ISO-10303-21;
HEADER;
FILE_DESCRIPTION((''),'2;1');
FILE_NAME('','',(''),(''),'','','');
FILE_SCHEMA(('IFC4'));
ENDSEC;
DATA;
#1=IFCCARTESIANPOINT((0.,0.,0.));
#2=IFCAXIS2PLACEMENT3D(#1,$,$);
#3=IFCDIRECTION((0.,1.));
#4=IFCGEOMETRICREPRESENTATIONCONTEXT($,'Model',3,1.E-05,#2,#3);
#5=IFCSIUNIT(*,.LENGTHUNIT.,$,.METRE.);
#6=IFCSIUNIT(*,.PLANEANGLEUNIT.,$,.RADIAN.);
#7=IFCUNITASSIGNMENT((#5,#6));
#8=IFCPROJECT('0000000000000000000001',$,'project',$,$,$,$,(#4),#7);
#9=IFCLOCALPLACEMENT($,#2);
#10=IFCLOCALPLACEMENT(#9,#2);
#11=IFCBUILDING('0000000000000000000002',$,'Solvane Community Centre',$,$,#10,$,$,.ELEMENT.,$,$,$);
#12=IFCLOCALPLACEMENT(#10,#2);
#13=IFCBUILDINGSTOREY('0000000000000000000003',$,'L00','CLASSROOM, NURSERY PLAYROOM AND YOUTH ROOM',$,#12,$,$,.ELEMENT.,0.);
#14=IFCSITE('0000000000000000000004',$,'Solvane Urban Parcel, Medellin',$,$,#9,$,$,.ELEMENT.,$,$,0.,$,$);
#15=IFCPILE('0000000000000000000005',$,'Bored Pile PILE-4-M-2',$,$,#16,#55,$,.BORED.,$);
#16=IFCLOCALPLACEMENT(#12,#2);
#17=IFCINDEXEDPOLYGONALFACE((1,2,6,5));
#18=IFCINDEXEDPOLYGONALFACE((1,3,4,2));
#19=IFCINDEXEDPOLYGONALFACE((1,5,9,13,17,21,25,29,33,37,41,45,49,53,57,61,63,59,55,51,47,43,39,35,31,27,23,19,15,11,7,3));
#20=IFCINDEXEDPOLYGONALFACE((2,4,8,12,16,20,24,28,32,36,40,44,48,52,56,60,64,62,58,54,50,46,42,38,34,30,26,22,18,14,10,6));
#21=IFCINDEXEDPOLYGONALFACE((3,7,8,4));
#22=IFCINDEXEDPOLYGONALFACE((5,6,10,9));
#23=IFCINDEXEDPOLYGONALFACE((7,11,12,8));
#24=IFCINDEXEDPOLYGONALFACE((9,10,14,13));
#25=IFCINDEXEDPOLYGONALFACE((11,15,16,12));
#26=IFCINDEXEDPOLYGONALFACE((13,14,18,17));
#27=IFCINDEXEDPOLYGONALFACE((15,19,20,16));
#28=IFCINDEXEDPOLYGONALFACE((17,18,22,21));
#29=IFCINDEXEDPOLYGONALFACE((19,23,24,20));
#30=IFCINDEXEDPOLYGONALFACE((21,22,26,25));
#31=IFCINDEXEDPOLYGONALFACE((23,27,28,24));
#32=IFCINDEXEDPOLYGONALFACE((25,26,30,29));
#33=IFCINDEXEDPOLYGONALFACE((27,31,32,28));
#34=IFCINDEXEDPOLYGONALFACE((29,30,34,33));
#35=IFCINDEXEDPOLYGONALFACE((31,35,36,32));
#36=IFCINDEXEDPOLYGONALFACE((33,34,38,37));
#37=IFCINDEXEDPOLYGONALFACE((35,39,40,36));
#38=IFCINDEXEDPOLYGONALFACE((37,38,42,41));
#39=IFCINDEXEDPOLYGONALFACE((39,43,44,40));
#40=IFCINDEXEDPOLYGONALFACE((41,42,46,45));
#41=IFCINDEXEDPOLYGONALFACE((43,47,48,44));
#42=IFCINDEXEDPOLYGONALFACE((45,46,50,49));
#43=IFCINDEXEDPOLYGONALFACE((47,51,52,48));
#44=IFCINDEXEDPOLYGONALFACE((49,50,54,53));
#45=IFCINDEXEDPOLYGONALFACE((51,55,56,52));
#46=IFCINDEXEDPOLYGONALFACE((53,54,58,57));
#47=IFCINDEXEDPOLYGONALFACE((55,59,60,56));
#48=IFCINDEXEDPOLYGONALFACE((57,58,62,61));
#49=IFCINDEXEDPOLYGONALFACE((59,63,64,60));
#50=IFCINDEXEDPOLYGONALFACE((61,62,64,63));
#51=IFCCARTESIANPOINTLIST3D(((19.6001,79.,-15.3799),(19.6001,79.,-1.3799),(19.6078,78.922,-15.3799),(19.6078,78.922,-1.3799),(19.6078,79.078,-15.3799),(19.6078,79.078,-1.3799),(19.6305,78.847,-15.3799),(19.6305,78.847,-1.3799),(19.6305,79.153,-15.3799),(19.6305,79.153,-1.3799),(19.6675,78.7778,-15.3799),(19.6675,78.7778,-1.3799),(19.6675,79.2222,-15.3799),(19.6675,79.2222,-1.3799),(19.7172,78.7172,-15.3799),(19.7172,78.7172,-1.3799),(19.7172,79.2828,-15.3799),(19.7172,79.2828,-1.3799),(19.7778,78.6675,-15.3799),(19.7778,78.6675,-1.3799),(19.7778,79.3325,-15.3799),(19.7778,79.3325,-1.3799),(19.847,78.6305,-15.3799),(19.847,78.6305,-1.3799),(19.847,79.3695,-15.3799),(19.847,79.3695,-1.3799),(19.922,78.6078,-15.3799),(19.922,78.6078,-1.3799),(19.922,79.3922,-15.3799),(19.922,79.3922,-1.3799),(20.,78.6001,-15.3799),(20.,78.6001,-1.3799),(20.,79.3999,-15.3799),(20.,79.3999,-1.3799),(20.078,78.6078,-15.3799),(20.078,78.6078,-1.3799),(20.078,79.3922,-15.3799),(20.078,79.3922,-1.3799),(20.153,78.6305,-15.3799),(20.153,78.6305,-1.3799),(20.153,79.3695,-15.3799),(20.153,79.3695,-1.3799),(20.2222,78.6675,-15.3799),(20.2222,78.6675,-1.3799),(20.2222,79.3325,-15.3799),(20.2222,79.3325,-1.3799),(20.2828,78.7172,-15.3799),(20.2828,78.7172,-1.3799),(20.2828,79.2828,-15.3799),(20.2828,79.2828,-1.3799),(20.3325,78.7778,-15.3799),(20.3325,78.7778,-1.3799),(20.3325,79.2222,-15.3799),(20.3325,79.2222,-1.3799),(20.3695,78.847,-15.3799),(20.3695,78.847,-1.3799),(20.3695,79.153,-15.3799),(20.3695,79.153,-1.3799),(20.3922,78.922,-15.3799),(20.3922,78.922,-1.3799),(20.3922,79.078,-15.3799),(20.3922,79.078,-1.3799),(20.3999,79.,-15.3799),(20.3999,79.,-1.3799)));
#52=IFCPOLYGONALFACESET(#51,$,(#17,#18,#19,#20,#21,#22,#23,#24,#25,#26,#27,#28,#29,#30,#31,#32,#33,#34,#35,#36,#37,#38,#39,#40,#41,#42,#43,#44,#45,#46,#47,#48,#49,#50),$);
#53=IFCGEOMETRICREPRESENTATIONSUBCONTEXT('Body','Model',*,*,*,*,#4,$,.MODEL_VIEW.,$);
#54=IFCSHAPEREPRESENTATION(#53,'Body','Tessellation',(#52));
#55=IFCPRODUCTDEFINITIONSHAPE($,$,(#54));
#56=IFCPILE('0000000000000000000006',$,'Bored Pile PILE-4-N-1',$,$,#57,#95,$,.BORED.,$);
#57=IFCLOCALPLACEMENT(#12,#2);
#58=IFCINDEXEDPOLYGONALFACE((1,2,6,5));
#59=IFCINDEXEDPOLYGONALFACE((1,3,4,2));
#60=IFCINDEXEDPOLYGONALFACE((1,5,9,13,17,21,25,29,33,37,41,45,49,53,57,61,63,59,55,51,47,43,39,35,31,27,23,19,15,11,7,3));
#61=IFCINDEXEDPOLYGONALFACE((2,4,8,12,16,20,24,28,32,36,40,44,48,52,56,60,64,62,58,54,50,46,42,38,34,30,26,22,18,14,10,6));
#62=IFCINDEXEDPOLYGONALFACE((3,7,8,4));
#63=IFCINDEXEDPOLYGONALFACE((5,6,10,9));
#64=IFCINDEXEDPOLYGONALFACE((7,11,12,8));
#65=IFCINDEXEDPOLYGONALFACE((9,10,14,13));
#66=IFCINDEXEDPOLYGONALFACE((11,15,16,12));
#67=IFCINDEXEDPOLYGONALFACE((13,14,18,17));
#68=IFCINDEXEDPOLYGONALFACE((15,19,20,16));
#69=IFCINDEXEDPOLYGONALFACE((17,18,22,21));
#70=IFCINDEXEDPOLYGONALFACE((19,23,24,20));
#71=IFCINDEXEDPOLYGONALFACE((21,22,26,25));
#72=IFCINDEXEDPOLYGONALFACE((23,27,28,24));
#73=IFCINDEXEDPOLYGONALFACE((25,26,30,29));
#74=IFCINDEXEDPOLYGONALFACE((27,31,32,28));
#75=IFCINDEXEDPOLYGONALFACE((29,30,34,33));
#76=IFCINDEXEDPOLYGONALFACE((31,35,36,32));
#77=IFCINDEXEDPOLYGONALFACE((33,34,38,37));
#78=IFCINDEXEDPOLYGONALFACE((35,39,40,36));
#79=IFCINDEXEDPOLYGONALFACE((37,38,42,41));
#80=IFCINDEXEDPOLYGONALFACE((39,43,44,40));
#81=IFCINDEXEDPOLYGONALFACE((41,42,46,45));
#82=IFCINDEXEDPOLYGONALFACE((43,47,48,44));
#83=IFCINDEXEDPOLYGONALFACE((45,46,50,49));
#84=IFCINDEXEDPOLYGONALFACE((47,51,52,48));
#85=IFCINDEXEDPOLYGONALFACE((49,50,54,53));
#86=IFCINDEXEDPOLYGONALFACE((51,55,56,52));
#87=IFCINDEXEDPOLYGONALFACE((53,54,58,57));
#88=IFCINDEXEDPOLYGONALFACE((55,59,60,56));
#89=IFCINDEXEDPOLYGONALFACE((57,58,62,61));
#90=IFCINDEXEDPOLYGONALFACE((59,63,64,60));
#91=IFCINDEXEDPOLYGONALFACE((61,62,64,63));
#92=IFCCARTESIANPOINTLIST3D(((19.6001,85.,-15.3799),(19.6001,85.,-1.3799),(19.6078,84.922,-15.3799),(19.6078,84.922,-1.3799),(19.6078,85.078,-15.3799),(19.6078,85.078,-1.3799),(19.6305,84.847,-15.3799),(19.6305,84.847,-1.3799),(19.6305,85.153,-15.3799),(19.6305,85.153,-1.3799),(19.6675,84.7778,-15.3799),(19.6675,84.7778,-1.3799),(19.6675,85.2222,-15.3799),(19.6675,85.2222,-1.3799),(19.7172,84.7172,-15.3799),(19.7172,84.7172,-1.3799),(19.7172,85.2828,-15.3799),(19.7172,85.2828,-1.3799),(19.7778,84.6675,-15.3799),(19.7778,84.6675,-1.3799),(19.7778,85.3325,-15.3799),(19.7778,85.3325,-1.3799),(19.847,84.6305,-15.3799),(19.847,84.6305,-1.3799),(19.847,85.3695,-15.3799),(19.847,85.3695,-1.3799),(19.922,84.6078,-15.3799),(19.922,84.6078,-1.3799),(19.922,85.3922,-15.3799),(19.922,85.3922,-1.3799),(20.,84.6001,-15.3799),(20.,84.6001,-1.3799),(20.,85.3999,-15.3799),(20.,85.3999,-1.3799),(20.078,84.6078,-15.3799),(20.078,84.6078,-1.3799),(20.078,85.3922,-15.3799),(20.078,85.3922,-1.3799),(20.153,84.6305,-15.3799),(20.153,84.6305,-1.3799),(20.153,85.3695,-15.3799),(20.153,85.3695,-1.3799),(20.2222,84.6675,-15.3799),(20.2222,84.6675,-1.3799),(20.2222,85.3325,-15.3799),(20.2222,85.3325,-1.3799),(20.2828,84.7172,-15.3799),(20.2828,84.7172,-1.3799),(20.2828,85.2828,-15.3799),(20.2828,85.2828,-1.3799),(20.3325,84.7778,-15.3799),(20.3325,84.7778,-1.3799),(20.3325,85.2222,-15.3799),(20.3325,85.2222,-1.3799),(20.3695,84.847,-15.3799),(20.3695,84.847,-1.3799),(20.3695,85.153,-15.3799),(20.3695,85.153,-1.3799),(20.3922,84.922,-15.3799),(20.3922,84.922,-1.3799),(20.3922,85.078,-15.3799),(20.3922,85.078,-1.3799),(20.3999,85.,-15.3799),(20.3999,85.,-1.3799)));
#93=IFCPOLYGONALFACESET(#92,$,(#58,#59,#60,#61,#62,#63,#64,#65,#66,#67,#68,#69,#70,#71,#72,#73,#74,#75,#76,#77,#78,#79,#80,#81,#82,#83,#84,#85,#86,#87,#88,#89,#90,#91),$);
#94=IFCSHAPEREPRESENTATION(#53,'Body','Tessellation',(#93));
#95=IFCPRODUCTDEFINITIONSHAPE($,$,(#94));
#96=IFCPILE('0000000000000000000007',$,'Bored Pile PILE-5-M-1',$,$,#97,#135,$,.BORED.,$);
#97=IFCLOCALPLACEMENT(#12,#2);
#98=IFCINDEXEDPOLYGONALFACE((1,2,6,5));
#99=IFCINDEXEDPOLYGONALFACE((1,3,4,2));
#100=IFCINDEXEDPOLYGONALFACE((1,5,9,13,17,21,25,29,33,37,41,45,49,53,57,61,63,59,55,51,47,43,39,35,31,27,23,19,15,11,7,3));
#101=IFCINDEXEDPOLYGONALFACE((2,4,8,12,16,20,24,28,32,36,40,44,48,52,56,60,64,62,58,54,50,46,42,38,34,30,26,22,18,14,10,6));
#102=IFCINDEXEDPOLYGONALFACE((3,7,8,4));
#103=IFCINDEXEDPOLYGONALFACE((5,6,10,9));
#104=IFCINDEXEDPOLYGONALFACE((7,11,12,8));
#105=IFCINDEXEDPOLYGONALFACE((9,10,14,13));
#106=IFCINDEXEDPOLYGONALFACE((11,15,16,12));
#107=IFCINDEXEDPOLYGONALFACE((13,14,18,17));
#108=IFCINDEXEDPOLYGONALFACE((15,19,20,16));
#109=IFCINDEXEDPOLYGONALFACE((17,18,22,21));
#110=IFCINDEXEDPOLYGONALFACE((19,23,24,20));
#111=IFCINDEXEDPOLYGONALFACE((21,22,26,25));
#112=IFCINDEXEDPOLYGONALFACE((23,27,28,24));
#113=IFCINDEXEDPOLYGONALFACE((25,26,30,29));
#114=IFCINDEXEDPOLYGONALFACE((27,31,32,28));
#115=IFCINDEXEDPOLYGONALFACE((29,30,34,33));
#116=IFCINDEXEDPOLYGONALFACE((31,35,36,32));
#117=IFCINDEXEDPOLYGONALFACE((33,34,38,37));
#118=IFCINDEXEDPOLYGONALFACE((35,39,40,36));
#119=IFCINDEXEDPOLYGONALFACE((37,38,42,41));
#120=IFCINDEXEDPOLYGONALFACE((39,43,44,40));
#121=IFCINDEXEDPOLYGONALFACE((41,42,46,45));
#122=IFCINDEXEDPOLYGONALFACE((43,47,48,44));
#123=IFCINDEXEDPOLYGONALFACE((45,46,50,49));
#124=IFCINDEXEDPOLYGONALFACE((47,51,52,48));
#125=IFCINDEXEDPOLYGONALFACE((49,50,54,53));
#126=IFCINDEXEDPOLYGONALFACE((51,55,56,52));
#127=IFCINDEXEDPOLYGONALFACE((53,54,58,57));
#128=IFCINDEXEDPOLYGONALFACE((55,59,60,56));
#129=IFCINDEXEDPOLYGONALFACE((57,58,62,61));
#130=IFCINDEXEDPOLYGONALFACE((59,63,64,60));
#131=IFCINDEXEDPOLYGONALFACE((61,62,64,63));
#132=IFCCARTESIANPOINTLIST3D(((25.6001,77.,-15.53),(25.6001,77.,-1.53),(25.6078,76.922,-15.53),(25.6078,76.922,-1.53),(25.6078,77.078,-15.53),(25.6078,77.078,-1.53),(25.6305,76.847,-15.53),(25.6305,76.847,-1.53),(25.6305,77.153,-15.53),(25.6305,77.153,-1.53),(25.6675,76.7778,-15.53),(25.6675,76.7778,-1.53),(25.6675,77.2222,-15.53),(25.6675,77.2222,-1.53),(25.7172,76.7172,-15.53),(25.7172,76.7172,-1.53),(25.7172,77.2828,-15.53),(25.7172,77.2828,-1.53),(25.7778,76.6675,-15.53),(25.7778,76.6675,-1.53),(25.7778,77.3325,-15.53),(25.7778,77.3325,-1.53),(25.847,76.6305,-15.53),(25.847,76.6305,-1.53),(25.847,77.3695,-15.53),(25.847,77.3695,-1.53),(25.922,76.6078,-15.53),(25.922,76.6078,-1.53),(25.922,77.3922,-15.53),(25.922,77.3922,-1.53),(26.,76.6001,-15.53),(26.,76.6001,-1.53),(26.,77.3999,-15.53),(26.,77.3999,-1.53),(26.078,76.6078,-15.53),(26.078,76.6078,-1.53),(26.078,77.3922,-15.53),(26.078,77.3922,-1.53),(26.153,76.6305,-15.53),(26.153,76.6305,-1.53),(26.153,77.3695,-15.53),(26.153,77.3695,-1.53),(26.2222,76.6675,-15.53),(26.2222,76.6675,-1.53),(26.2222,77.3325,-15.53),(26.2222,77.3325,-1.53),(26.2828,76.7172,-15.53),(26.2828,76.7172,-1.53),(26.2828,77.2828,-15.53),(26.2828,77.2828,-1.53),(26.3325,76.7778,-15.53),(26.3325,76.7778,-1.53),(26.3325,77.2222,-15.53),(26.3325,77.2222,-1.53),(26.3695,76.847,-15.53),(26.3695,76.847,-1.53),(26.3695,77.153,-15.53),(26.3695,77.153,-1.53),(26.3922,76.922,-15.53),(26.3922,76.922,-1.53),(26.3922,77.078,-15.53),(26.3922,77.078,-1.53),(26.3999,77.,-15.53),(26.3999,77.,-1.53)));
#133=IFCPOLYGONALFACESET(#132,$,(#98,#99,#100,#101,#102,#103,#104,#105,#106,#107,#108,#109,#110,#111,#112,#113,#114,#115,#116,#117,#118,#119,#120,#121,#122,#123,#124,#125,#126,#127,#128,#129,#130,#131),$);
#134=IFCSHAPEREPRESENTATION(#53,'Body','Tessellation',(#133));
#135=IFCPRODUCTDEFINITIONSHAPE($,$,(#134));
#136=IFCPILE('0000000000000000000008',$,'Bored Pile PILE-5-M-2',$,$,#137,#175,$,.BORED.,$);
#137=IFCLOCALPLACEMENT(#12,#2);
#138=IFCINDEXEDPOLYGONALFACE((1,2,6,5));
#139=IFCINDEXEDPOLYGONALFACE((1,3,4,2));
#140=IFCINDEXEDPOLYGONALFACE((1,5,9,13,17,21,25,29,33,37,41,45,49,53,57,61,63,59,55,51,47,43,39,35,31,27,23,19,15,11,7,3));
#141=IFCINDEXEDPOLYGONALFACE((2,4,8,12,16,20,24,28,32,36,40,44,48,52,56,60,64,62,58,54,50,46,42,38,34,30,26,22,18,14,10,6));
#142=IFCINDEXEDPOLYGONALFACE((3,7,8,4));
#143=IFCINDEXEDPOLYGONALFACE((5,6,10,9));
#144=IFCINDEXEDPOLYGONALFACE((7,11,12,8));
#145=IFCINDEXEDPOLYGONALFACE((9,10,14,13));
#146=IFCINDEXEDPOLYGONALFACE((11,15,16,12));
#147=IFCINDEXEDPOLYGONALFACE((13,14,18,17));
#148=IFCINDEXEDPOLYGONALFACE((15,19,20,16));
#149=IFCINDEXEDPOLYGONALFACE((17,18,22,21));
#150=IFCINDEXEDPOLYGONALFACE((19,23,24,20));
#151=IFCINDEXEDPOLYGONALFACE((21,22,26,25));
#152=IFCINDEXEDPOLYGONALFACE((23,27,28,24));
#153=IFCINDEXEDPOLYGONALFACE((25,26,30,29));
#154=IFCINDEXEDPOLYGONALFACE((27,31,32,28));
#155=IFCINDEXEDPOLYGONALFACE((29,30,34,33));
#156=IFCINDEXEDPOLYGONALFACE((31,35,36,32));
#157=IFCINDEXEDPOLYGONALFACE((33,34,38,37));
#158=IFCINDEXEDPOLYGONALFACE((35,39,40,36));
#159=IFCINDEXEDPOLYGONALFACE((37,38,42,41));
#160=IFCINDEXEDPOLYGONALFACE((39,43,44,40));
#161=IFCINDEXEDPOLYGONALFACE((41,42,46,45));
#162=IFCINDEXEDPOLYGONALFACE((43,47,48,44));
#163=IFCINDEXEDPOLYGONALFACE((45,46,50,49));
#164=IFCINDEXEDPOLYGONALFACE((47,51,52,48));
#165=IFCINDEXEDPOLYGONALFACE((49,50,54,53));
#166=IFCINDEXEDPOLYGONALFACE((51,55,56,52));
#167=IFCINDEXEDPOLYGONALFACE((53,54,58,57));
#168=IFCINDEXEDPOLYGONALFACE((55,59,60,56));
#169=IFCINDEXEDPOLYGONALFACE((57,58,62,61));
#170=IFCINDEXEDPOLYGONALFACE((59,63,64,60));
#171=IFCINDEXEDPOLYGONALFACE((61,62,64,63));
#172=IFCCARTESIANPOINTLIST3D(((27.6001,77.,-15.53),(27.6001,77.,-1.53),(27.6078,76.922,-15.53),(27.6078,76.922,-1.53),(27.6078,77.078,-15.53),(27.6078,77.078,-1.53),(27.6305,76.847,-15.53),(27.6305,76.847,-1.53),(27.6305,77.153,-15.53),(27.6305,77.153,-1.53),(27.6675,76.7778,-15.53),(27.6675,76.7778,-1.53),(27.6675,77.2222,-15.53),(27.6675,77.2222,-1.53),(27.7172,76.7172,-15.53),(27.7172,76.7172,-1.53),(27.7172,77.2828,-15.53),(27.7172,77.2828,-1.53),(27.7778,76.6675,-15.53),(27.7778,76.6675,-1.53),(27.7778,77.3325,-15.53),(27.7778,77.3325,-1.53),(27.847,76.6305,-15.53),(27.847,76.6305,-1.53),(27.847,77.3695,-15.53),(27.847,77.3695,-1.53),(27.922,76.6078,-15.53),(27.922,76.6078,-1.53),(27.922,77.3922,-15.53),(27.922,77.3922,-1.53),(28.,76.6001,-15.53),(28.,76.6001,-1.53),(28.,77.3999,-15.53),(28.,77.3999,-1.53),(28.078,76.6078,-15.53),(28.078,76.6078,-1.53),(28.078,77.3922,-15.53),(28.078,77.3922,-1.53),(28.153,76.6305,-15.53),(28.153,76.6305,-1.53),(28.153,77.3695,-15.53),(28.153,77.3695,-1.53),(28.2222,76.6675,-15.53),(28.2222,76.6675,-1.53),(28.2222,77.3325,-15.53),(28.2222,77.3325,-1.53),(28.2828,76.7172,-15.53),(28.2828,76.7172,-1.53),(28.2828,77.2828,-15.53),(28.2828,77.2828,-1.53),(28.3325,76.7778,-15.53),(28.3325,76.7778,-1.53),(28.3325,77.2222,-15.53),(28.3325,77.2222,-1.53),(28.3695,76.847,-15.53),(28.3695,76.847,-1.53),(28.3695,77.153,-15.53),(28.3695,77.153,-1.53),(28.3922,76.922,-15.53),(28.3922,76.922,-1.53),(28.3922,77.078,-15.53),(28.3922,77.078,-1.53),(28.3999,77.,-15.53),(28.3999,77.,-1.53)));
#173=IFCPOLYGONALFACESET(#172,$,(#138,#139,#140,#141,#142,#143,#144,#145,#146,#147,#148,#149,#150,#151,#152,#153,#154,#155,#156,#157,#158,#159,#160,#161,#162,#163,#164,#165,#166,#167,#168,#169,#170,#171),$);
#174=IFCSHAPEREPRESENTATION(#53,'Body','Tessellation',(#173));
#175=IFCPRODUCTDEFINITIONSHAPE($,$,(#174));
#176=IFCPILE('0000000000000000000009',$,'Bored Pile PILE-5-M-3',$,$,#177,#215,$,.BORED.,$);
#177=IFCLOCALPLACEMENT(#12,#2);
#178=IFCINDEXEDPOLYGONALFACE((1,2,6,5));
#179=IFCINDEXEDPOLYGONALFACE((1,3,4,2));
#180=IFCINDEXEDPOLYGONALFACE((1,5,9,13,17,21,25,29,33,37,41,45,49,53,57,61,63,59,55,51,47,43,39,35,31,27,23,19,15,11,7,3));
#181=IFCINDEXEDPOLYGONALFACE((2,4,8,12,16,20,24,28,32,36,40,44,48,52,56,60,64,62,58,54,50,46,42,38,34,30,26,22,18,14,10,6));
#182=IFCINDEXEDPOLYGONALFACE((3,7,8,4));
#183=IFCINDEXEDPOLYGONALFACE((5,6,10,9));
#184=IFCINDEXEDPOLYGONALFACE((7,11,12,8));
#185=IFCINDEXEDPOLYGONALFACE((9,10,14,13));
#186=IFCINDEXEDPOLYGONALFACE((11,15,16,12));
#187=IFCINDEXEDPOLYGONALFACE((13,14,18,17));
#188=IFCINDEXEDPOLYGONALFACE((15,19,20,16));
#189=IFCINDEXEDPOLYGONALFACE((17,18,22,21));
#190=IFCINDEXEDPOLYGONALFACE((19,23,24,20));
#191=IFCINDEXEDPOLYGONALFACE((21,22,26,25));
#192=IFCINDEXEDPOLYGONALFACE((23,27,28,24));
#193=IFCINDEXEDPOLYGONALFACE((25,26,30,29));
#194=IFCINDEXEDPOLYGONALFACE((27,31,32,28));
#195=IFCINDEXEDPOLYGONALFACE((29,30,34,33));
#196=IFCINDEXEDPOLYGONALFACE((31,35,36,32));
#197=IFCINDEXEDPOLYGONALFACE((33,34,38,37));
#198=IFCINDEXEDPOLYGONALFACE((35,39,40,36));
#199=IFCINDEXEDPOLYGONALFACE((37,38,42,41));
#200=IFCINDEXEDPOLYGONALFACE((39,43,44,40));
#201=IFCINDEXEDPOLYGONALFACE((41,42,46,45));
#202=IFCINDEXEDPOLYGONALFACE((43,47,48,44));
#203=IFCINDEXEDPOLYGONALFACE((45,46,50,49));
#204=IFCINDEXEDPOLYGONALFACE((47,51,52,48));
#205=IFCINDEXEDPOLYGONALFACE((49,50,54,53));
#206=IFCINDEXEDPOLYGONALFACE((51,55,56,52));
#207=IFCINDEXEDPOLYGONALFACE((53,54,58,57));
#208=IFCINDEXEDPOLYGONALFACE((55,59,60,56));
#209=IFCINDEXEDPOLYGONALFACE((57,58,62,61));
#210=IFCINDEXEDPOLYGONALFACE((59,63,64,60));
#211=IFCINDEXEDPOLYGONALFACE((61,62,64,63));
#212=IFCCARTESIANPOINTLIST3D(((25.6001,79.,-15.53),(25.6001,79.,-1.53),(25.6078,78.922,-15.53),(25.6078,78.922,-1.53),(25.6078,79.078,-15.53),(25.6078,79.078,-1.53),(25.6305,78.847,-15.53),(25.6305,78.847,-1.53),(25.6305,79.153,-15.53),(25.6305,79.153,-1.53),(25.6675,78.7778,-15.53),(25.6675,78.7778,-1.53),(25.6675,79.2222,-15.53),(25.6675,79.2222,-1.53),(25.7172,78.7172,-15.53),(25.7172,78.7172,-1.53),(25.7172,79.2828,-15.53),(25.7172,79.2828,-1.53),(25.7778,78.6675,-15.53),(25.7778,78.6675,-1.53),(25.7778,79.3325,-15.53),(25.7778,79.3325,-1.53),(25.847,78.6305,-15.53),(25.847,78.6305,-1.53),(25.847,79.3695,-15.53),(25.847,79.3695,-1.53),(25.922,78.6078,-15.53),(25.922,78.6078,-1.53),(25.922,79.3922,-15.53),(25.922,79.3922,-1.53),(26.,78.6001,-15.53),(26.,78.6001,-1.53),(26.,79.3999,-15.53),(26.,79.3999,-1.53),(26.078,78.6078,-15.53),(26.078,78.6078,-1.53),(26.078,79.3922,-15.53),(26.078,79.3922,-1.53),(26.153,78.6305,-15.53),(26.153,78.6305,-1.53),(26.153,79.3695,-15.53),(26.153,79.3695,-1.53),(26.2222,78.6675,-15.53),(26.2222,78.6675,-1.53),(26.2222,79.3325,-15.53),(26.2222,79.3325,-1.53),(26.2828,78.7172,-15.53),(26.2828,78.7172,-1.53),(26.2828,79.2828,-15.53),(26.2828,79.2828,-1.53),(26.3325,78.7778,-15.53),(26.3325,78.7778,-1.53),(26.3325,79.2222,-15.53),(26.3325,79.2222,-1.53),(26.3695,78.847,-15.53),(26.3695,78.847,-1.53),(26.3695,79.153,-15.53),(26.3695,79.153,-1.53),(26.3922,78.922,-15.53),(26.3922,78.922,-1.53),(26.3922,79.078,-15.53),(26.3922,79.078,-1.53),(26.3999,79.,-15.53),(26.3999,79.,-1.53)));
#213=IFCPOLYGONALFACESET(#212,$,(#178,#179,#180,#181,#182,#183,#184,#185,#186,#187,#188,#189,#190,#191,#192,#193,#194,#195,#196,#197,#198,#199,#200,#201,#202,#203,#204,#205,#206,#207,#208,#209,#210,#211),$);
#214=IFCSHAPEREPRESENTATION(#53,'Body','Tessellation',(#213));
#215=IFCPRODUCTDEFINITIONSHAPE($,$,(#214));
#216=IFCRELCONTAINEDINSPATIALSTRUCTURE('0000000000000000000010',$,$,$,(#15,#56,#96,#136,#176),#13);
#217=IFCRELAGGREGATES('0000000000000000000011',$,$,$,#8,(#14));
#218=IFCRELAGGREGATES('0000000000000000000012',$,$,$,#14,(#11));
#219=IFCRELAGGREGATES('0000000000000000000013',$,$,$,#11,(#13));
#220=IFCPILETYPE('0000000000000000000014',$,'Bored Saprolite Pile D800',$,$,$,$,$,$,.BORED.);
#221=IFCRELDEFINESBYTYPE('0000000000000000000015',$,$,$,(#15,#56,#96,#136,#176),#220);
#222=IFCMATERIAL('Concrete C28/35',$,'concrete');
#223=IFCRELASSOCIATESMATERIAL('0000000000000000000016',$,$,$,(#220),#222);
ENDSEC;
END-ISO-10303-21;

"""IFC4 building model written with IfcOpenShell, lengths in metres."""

from ifc_helpers import new_model, si_unit, direction, frame, origin, origin_2d, place, context, subcontext, project, spatial, circle, extrude, material, material_profile, profile_set, type_object, element, save


model = new_model("IFC4")

# Units and contexts
model_context = context("Model", 3, precision=1e-05, world=origin(), true_north=direction((0.0, 1.0)))
body_context = subcontext(model_context, "Body", "Model", "MODEL_VIEW")
ifc_project = project(units=[si_unit("LENGTHUNIT", "METRE"), si_unit("PLANEANGLEUNIT", "RADIAN")], contexts=[model_context])

# Site, building, storey
site_placement = place(None, origin())
site = spatial("IfcSite", under=ifc_project, at=site_placement, Name="Solvane Urban Parcel, Medellin", CompositionType="ELEMENT", RefElevation=0.0)
building_placement = place(site_placement, origin())
building = spatial("IfcBuilding", under=site, at=building_placement, Name="Solvane Community Centre", CompositionType="ELEMENT")
storey_placement = place(building_placement, origin())
storey = spatial("IfcBuildingStorey", under=building, at=storey_placement, Name="L00", Description="CLASSROOM, NURSERY PLAYROOM AND YOUTH ROOM", CompositionType="ELEMENT", Elevation=0.0)

# Piles
ifc_material_1 = material(Name="Concrete C28/35", Category="concrete")
ifc_material_profile_1 = material_profile(ifc_material_1, circle(Radius=0.3999, at=origin_2d()), Name="PILE D800")
ifc_profile_set_1 = profile_set([ifc_material_profile_1], Name="Concrete C28/35")
pile_type = type_object("IfcPileType", Name="Bored Saprolite Pile D800", PredefinedType="BORED", material=ifc_profile_set_1)
for number, where, z_axis, x_axis, name in (
    (1, (20.0, 79.0, -1.3799), (0.0, 0.0, -1.0), (1.0, 0.0, 0.0), "Bored Pile PILE-4-M-2"),
    (2, (20.0, 85.0, -1.3799), (0.0, 0.0, -1.0), (1.0, 0.0, 0.0), "Bored Pile PILE-4-N-1"),
    (3, (26.0, 77.0, -1.53), (0.0, 0.0, -1.0), (1.0, 0.0, 0.0), "Bored Pile PILE-5-M-1"),
    (4, (28.0, 77.0, -1.53), (0.0, 0.0, -1.0), (1.0, 0.0, 0.0), "Bored Pile PILE-5-M-2"),
    (5, (26.0, 79.0, -1.53), (0.0, 0.0, -1.0), (1.0, 0.0, 0.0), "Bored Pile PILE-5-M-3"),
):
    element("IfcPile", number, at=place(storey_placement, frame(where, z_axis=z_axis, x_axis=x_axis)), inside=storey, type_object=pile_type, Name=name, PredefinedType="BORED", context=body_context, shape_type="SweptSolid", body=[
        extrude(circle(Radius=0.3999, at=origin_2d()), origin(), (0.0, 0.0, 1.0), 14.0),
    ])

save(model, "model.ifc")
